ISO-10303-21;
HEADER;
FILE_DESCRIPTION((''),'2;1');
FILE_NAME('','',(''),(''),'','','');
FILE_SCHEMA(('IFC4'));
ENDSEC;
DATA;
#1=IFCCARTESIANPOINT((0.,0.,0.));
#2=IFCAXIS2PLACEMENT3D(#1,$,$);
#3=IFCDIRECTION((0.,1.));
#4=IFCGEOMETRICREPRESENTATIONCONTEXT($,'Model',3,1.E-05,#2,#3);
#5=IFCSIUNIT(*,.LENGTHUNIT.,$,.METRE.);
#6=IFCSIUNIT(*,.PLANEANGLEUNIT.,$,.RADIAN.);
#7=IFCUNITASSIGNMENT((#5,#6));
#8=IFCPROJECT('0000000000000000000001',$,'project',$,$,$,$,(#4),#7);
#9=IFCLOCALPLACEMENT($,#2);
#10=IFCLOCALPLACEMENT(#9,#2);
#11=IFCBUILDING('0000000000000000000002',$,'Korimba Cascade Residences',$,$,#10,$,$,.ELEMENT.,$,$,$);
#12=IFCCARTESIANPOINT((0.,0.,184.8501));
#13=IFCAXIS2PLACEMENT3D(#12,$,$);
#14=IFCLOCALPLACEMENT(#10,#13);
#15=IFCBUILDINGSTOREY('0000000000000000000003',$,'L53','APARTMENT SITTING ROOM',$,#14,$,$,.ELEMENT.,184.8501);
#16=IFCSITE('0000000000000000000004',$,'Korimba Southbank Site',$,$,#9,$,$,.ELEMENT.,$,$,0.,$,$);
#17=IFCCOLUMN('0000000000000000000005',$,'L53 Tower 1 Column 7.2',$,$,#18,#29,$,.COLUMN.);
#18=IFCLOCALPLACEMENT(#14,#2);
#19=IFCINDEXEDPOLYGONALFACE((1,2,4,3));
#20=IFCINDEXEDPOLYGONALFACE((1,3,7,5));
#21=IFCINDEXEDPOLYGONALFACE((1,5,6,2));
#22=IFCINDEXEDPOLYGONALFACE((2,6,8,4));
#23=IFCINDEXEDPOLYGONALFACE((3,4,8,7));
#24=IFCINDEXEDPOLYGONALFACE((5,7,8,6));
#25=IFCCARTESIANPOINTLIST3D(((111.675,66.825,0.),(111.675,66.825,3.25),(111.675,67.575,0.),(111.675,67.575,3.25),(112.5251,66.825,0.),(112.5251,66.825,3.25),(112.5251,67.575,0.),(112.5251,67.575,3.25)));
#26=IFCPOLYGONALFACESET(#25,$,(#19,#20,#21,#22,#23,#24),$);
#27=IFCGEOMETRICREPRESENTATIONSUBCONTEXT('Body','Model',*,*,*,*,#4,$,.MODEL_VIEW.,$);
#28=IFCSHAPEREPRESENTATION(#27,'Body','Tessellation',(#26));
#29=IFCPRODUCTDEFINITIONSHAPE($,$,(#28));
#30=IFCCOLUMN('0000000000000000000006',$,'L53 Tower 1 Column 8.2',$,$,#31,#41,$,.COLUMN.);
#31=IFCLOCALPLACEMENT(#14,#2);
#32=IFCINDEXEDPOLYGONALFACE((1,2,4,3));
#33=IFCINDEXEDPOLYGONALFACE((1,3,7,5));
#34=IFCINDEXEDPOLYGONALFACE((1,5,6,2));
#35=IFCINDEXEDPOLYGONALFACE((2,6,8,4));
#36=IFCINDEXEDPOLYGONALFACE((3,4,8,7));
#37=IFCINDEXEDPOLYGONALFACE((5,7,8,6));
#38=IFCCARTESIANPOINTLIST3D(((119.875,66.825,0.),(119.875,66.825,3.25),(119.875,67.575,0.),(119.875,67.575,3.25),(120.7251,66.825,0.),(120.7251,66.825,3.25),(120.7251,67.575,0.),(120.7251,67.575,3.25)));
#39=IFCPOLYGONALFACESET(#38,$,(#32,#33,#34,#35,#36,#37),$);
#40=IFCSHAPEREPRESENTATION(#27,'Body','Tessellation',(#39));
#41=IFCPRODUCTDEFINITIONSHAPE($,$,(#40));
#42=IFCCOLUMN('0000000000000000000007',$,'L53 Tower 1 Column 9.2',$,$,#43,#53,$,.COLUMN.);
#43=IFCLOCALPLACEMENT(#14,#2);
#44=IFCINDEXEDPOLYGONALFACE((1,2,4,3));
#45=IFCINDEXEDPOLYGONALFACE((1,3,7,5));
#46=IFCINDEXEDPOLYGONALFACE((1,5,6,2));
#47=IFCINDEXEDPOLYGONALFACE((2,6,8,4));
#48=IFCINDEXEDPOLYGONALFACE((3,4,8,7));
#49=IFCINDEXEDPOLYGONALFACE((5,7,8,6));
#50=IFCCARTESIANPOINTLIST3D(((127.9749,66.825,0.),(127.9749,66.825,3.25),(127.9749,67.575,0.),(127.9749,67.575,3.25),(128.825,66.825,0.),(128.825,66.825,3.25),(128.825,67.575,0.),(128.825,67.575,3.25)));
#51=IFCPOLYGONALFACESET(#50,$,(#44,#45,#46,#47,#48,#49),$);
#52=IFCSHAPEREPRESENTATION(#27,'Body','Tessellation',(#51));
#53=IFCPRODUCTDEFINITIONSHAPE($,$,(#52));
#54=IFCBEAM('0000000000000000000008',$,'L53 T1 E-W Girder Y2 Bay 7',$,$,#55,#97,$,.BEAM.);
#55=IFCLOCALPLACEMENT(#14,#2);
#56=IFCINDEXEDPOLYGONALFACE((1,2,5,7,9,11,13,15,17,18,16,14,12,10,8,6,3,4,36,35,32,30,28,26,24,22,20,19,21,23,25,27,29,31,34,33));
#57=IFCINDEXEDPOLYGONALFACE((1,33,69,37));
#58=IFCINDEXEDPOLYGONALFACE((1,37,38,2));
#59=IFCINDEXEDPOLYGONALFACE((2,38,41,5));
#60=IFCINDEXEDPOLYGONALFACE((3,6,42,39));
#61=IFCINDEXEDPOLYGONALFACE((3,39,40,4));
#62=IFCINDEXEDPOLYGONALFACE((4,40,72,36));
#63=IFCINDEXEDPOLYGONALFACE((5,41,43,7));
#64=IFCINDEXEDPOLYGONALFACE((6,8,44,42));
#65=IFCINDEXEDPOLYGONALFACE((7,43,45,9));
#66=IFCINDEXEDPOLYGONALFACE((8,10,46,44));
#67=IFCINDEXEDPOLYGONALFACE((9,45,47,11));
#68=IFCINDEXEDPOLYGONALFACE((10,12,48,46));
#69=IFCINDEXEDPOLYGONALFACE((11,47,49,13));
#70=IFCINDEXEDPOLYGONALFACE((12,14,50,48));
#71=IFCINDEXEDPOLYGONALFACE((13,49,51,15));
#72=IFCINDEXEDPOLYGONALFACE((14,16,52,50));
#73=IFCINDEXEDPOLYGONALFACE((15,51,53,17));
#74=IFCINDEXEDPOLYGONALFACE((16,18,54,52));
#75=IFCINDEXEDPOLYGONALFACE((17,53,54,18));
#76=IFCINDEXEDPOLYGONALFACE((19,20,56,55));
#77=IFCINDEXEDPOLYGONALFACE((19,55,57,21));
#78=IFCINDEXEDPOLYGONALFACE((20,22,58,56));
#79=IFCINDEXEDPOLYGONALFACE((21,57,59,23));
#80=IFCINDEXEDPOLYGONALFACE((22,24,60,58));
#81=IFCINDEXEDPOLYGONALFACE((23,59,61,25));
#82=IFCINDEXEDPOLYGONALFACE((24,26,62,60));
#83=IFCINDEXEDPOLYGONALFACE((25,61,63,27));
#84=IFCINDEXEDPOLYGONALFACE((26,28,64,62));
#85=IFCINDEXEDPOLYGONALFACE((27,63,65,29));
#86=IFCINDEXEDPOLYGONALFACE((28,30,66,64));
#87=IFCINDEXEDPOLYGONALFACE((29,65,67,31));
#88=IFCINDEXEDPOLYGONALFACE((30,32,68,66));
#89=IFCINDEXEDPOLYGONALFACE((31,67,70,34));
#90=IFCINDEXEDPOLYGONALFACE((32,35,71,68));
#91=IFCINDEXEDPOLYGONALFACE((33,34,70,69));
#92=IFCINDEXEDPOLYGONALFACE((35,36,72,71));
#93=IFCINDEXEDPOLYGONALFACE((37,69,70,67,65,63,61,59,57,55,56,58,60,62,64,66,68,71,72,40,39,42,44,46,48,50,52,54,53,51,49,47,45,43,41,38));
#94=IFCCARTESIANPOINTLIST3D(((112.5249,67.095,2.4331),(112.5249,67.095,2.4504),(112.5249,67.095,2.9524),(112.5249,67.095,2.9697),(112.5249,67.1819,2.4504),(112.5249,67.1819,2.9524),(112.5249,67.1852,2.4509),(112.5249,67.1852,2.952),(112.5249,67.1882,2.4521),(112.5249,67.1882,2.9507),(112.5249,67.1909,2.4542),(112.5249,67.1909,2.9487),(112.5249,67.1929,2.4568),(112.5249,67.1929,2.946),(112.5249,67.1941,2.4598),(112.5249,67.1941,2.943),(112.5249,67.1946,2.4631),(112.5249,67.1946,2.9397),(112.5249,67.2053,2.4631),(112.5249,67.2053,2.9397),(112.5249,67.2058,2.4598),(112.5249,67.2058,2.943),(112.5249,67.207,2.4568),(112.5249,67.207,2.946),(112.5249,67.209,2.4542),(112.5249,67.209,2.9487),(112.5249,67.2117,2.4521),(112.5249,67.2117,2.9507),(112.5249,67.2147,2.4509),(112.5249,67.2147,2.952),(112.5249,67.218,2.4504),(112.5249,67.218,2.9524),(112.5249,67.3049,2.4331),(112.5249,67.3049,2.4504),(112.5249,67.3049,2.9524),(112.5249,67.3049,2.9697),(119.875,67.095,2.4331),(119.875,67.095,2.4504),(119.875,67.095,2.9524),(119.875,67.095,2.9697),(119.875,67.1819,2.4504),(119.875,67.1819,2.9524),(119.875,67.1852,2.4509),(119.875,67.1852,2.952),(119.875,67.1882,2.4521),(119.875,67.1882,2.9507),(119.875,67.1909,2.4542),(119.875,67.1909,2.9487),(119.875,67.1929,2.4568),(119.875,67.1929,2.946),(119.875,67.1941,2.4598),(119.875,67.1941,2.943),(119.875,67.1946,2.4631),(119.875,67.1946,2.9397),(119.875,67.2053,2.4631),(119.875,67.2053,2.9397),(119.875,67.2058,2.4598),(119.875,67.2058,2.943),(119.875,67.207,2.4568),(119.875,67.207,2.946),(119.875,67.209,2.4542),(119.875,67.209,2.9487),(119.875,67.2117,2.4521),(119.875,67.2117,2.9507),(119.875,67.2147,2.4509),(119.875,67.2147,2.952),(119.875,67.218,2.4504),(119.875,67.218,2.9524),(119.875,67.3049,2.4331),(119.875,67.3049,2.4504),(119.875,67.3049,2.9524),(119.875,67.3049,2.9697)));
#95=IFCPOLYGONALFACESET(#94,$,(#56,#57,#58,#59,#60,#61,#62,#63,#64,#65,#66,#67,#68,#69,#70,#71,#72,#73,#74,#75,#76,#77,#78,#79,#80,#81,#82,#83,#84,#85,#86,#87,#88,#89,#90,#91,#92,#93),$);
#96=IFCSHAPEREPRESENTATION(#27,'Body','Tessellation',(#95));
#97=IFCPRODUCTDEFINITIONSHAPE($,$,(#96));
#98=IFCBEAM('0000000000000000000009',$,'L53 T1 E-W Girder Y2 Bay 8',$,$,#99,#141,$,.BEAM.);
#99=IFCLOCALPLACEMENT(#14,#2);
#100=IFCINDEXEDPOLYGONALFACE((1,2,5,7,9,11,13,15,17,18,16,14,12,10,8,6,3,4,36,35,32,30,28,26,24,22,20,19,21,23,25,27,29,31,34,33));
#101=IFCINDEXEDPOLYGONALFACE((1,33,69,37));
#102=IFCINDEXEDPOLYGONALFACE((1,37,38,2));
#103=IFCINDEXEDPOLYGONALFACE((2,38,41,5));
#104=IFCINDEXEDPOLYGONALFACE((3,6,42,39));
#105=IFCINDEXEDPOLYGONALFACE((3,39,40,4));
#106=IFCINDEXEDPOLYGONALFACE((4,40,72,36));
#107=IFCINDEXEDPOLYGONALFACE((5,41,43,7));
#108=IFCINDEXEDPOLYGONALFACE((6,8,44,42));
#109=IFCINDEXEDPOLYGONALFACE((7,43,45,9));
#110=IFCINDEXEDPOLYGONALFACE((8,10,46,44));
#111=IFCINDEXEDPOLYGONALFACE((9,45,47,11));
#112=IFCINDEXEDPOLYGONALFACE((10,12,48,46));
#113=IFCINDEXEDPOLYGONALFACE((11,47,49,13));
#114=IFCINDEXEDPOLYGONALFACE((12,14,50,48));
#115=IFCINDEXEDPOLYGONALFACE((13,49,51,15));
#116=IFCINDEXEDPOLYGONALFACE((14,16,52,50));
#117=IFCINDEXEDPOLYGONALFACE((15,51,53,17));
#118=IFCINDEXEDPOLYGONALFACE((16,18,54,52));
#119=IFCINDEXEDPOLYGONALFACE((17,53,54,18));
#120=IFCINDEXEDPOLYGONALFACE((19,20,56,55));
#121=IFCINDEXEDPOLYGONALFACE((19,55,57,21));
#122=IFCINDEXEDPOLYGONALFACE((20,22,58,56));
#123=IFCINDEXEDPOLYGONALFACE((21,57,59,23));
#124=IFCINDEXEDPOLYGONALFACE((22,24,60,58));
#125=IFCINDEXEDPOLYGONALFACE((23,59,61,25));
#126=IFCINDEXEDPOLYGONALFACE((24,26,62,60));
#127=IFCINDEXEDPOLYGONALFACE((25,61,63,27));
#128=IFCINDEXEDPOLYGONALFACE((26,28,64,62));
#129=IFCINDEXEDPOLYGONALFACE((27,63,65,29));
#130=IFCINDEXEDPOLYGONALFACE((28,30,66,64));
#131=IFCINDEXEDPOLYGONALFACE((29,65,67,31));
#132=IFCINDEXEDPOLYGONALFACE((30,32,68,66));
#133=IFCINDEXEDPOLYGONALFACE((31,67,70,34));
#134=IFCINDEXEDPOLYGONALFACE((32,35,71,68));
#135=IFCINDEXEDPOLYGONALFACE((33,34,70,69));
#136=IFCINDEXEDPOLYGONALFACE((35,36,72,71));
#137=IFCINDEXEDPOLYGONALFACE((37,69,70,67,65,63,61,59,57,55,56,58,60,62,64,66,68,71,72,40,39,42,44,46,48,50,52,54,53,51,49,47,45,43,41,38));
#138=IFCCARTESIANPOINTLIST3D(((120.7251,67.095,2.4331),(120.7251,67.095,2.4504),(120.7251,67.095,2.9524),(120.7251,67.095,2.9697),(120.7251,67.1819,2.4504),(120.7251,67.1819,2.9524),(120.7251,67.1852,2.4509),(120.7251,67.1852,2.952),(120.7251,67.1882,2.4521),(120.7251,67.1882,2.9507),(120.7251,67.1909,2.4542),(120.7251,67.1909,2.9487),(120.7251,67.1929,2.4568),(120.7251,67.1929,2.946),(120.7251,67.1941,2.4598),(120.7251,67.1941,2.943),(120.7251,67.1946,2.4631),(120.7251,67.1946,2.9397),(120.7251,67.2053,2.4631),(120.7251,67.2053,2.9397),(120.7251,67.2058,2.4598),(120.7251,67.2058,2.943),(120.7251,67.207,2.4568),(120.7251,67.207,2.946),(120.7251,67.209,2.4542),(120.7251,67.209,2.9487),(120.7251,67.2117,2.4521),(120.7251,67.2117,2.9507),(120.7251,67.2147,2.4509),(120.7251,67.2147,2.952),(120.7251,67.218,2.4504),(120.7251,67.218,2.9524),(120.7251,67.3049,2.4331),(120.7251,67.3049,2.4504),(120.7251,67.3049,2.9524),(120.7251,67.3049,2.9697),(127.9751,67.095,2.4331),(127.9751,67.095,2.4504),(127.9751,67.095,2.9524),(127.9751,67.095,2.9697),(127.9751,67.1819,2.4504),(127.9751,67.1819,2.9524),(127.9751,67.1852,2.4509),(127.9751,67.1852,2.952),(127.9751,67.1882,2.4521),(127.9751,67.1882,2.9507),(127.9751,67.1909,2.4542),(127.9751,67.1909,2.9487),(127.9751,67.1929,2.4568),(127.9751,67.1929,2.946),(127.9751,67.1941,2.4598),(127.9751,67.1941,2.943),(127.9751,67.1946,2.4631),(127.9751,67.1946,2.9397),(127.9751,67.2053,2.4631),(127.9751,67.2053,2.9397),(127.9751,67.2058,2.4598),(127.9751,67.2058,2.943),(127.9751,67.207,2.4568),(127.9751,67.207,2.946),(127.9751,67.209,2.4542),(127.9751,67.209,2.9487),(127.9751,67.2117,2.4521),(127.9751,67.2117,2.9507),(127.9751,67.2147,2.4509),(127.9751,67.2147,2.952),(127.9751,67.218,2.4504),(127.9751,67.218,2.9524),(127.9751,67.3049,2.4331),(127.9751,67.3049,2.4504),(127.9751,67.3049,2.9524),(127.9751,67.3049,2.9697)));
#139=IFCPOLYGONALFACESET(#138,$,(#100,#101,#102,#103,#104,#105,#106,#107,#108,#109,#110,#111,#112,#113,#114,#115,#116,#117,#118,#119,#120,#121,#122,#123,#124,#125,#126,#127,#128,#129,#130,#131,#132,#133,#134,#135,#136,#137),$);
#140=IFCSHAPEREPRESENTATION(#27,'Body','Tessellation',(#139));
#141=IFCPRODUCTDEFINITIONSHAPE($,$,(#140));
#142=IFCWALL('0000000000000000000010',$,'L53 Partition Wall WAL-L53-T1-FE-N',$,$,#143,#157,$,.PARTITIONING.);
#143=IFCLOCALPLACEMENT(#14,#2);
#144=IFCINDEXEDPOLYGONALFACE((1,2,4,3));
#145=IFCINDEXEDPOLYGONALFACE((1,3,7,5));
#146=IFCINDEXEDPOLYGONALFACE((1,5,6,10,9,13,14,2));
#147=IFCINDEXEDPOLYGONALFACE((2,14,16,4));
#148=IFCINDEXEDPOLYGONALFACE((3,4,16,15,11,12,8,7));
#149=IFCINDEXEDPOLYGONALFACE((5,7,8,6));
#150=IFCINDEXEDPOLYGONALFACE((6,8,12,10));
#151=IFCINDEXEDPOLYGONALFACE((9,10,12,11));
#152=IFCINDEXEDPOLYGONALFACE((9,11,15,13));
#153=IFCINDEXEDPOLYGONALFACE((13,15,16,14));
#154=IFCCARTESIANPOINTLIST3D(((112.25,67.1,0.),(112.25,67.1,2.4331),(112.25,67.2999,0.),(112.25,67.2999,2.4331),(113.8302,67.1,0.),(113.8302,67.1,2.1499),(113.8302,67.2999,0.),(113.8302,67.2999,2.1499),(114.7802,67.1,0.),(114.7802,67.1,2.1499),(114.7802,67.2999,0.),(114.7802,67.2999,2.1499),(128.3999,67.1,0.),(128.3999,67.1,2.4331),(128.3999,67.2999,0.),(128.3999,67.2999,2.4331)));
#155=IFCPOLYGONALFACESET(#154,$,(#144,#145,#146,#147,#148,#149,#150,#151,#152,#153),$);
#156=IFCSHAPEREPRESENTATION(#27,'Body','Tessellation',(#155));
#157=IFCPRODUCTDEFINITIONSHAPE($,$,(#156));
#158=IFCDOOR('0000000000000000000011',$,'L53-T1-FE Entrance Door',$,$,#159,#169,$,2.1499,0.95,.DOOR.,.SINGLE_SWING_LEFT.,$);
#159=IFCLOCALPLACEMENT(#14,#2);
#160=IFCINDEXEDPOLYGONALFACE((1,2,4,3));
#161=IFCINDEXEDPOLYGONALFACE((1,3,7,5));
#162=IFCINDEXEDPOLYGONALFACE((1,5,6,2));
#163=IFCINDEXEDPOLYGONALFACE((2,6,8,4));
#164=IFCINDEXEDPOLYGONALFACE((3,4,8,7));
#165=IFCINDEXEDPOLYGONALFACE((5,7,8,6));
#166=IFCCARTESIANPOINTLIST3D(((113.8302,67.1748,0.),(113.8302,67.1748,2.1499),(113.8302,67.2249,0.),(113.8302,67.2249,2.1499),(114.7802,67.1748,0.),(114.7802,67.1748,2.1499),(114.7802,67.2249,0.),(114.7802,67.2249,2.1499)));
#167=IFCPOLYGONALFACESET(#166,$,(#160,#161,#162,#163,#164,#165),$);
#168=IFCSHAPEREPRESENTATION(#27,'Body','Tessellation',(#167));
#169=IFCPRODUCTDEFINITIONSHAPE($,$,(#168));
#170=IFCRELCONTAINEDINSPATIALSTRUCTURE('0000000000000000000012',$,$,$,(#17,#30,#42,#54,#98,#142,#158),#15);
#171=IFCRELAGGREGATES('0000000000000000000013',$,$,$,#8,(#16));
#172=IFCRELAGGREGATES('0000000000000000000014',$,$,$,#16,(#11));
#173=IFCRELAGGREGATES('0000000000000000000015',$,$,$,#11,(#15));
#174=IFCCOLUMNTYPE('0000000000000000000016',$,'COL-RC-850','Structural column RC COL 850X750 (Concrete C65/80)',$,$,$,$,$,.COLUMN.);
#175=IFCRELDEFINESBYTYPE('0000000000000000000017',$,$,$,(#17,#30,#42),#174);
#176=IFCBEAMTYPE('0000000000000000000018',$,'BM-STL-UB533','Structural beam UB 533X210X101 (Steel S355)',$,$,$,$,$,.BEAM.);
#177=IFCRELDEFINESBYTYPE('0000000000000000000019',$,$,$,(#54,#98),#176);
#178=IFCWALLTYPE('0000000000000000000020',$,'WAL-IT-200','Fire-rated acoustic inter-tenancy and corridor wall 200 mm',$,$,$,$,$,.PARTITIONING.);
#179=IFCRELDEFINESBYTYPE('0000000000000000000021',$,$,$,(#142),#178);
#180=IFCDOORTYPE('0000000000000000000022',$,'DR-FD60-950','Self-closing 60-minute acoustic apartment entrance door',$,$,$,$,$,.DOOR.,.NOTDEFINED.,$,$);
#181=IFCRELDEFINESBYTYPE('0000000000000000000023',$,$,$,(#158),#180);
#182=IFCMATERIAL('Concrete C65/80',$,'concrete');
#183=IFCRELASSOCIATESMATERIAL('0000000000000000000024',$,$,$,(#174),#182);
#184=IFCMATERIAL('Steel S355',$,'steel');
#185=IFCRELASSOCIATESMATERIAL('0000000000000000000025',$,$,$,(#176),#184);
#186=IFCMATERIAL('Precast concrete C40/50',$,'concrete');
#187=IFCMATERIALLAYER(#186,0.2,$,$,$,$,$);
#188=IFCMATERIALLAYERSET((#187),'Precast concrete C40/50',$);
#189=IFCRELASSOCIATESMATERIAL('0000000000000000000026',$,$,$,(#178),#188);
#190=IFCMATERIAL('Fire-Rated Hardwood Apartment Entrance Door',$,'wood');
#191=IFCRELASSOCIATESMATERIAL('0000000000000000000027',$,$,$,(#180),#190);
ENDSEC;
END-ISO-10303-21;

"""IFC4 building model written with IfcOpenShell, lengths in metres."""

from ifc_helpers import new_model, si_unit, direction, frame, frame_2d, origin, origin_2d, place, context, subcontext, project, spatial, rectangle, i_section, extrude, material, layer, layer_set, material_profile, profile_set, type_object, element, fill, save


model = new_model("IFC4")

# Units and contexts
model_context = context("Model", 3, precision=1e-05, world=origin(), true_north=direction((0.0, 1.0)))
body_context = subcontext(model_context, "Body", "Model", "MODEL_VIEW")
ifc_project = project(units=[si_unit("LENGTHUNIT", "METRE"), si_unit("PLANEANGLEUNIT", "RADIAN")], contexts=[model_context])

# Site, building, storey
site_placement = place(None, origin())
site = spatial("IfcSite", under=ifc_project, at=site_placement, Name="Korimba Southbank Site", CompositionType="ELEMENT", RefElevation=0.0)
building_placement = place(site_placement, origin())
building = spatial("IfcBuilding", under=site, at=building_placement, Name="Korimba Cascade Residences", CompositionType="ELEMENT")
storey_placement = place(building_placement, frame((0.0, 0.0, 184.8501)))
storey = spatial("IfcBuildingStorey", under=building, at=storey_placement, Name="L53", Description="APARTMENT SITTING ROOM", CompositionType="ELEMENT", Elevation=184.8501)

# Columns
ifc_material_1 = material(Name="Concrete C65/80", Category="concrete")
ifc_material_profile_1 = material_profile(ifc_material_1, rectangle(XDim=0.8501, YDim=0.75, at=origin_2d()), Name="Concrete C65/80")
ifc_profile_set_1 = profile_set([ifc_material_profile_1], Name="Concrete C65/80")
column_type = type_object("IfcColumnType", Name="COL-RC-850", Description="Structural column RC COL 850X750 (Concrete C65/80)", PredefinedType="COLUMN", material=ifc_profile_set_1)
for number, where, z_axis, x_axis, name in (
    (1, (112.1001, 67.2, 0.0), (0.0, 0.0, 1.0), (1.0, 0.0, 0.0), "L53 Tower 1 Column 7.2"),
    (2, (120.3, 67.2, 0.0), (0.0, 0.0, 1.0), (1.0, 0.0, 0.0), "L53 Tower 1 Column 8.2"),
    (3, (128.3999, 67.2, 0.0), (0.0, 0.0, 1.0), (1.0, 0.0, 0.0), "L53 Tower 1 Column 9.2"),
):
    element("IfcColumn", number, at=place(storey_placement, frame(where, z_axis=z_axis, x_axis=x_axis)), inside=storey, type_object=column_type, Name=name, PredefinedType="COLUMN", context=body_context, shape_type="SweptSolid", body=[
        extrude(rectangle(XDim=0.8501, YDim=0.75, at=origin_2d()), origin(), (0.0, 0.0, 1.0), 3.25),
    ])

# Beams
ifc_material_2 = material(Name="Steel S355", Category="steel")
ifc_material_profile_2 = material_profile(ifc_material_2, i_section(OverallWidth=0.21, OverallDepth=0.5366, WebThickness=0.0107, FlangeThickness=0.0173, FilletRadius=0.0127, at=origin_2d()), Name="Steel S355")
ifc_profile_set_2 = profile_set([ifc_material_profile_2], Name="Steel S355")
beam_type = type_object("IfcBeamType", Name="BM-STL-UB533", Description="Structural beam UB 533X210X101 (Steel S355)", PredefinedType="BEAM", material=ifc_profile_set_2)
beam_1_placement = place(storey_placement, frame((112.5249, 67.2, 2.7014), z_axis=(1.0, 0.0, 0.0), x_axis=(0.0, 1.0, 0.0)))
element("IfcBeam", 4, at=beam_1_placement, inside=storey, type_object=beam_type, Name="L53 T1 E-W Girder Y2 Bay 7", PredefinedType="BEAM", context=body_context, shape_type="SweptSolid", body=[
    extrude(i_section(OverallWidth=0.21, OverallDepth=0.5366, WebThickness=0.0107, FlangeThickness=0.0173, FilletRadius=0.0127, at=origin_2d()), origin(), (0.0, 0.0, 1.0), 7.3501),
])
beam_2_placement = place(storey_placement, frame((120.7251, 67.2, 2.7014), z_axis=(1.0, 0.0, 0.0), x_axis=(0.0, 1.0, 0.0)))
element("IfcBeam", 5, at=beam_2_placement, inside=storey, type_object=beam_type, Name="L53 T1 E-W Girder Y2 Bay 8", PredefinedType="BEAM", context=body_context, shape_type="SweptSolid", body=[
    extrude(i_section(OverallWidth=0.21, OverallDepth=0.5366, WebThickness=0.0107, FlangeThickness=0.0173, FilletRadius=0.0127, at=origin_2d()), origin(), (0.0, 0.0, 1.0), 7.25),
])

# Wall, opening, door
ifc_material_3 = material(Name="Precast concrete C40/50", Category="concrete")
ifc_layer_1 = layer(ifc_material_3, 0.2)
ifc_layer_set_1 = layer_set([ifc_layer_1], Name="Precast concrete C40/50")
wall_type_1 = type_object("IfcWallType", Name="WAL-IT-200", Description="Fire-rated acoustic inter-tenancy and corridor wall 200 mm", PredefinedType="PARTITIONING", material=ifc_layer_set_1)
wall_1_placement = place(storey_placement, frame((112.25, 67.2, 0.0), z_axis=(0.0, 0.0, 1.0), x_axis=(1.0, 0.0, 0.0)))
wall_1 = element("IfcWall", 6, at=wall_1_placement, inside=storey, type_object=wall_type_1, Name="L53 Partition Wall WAL-L53-T1-FE-N", PredefinedType="PARTITIONING", context=body_context, shape_type="SweptSolid", body=[
    extrude(rectangle(XDim=16.1499, YDim=0.2, at=frame_2d((8.075, 0.0))), origin(), (0.0, 0.0, 1.0), 2.4331),
])
opening_1_placement = place(wall_1_placement, frame((1.5801, 0.0, 0.0)))
opening_1 = element("IfcOpeningElement", 7, at=opening_1_placement, cuts=wall_1, PredefinedType="OPENING", context=body_context, shape_type="SweptSolid", body=[
    extrude(rectangle(XDim=0.95, YDim=2.1499, at=frame_2d((0.4751, 1.075))), frame((0.0, 0.1099, 0.0), z_axis=(0.0, -1.0, 0.0), x_axis=(1.0, 0.0, 0.0)), (0.0, 0.0, 1.0), 0.22),
])
ifc_material_4 = material(Name="Fire-Rated Hardwood Apartment Entrance Door", Category="wood")
door_type_1 = type_object("IfcDoorType", Name="DR-FD60-950", Description="Self-closing 60-minute acoustic apartment entrance door", OperationType="NOTDEFINED", PredefinedType="DOOR", material=ifc_material_4)
door_1_placement = place(opening_1_placement, origin())
door_1 = element("IfcDoor", 8, at=door_1_placement, inside=storey, type_object=door_type_1, Name="L53-T1-FE Entrance Door", OperationType="SINGLE_SWING_LEFT", OverallHeight=2.1499, OverallWidth=0.95, PredefinedType="DOOR", context=body_context, shape_type="SweptSolid", body=[
    extrude(rectangle(XDim=0.95, YDim=2.1499, at=frame_2d((0.4751, 1.075))), frame((0.0, 0.0249, 0.0), z_axis=(0.0, -1.0, 0.0), x_axis=(1.0, 0.0, 0.0)), (0.0, 0.0, 1.0), 0.05),
])
fill(opening_1, door_1)

save(model, "model.ifc")
